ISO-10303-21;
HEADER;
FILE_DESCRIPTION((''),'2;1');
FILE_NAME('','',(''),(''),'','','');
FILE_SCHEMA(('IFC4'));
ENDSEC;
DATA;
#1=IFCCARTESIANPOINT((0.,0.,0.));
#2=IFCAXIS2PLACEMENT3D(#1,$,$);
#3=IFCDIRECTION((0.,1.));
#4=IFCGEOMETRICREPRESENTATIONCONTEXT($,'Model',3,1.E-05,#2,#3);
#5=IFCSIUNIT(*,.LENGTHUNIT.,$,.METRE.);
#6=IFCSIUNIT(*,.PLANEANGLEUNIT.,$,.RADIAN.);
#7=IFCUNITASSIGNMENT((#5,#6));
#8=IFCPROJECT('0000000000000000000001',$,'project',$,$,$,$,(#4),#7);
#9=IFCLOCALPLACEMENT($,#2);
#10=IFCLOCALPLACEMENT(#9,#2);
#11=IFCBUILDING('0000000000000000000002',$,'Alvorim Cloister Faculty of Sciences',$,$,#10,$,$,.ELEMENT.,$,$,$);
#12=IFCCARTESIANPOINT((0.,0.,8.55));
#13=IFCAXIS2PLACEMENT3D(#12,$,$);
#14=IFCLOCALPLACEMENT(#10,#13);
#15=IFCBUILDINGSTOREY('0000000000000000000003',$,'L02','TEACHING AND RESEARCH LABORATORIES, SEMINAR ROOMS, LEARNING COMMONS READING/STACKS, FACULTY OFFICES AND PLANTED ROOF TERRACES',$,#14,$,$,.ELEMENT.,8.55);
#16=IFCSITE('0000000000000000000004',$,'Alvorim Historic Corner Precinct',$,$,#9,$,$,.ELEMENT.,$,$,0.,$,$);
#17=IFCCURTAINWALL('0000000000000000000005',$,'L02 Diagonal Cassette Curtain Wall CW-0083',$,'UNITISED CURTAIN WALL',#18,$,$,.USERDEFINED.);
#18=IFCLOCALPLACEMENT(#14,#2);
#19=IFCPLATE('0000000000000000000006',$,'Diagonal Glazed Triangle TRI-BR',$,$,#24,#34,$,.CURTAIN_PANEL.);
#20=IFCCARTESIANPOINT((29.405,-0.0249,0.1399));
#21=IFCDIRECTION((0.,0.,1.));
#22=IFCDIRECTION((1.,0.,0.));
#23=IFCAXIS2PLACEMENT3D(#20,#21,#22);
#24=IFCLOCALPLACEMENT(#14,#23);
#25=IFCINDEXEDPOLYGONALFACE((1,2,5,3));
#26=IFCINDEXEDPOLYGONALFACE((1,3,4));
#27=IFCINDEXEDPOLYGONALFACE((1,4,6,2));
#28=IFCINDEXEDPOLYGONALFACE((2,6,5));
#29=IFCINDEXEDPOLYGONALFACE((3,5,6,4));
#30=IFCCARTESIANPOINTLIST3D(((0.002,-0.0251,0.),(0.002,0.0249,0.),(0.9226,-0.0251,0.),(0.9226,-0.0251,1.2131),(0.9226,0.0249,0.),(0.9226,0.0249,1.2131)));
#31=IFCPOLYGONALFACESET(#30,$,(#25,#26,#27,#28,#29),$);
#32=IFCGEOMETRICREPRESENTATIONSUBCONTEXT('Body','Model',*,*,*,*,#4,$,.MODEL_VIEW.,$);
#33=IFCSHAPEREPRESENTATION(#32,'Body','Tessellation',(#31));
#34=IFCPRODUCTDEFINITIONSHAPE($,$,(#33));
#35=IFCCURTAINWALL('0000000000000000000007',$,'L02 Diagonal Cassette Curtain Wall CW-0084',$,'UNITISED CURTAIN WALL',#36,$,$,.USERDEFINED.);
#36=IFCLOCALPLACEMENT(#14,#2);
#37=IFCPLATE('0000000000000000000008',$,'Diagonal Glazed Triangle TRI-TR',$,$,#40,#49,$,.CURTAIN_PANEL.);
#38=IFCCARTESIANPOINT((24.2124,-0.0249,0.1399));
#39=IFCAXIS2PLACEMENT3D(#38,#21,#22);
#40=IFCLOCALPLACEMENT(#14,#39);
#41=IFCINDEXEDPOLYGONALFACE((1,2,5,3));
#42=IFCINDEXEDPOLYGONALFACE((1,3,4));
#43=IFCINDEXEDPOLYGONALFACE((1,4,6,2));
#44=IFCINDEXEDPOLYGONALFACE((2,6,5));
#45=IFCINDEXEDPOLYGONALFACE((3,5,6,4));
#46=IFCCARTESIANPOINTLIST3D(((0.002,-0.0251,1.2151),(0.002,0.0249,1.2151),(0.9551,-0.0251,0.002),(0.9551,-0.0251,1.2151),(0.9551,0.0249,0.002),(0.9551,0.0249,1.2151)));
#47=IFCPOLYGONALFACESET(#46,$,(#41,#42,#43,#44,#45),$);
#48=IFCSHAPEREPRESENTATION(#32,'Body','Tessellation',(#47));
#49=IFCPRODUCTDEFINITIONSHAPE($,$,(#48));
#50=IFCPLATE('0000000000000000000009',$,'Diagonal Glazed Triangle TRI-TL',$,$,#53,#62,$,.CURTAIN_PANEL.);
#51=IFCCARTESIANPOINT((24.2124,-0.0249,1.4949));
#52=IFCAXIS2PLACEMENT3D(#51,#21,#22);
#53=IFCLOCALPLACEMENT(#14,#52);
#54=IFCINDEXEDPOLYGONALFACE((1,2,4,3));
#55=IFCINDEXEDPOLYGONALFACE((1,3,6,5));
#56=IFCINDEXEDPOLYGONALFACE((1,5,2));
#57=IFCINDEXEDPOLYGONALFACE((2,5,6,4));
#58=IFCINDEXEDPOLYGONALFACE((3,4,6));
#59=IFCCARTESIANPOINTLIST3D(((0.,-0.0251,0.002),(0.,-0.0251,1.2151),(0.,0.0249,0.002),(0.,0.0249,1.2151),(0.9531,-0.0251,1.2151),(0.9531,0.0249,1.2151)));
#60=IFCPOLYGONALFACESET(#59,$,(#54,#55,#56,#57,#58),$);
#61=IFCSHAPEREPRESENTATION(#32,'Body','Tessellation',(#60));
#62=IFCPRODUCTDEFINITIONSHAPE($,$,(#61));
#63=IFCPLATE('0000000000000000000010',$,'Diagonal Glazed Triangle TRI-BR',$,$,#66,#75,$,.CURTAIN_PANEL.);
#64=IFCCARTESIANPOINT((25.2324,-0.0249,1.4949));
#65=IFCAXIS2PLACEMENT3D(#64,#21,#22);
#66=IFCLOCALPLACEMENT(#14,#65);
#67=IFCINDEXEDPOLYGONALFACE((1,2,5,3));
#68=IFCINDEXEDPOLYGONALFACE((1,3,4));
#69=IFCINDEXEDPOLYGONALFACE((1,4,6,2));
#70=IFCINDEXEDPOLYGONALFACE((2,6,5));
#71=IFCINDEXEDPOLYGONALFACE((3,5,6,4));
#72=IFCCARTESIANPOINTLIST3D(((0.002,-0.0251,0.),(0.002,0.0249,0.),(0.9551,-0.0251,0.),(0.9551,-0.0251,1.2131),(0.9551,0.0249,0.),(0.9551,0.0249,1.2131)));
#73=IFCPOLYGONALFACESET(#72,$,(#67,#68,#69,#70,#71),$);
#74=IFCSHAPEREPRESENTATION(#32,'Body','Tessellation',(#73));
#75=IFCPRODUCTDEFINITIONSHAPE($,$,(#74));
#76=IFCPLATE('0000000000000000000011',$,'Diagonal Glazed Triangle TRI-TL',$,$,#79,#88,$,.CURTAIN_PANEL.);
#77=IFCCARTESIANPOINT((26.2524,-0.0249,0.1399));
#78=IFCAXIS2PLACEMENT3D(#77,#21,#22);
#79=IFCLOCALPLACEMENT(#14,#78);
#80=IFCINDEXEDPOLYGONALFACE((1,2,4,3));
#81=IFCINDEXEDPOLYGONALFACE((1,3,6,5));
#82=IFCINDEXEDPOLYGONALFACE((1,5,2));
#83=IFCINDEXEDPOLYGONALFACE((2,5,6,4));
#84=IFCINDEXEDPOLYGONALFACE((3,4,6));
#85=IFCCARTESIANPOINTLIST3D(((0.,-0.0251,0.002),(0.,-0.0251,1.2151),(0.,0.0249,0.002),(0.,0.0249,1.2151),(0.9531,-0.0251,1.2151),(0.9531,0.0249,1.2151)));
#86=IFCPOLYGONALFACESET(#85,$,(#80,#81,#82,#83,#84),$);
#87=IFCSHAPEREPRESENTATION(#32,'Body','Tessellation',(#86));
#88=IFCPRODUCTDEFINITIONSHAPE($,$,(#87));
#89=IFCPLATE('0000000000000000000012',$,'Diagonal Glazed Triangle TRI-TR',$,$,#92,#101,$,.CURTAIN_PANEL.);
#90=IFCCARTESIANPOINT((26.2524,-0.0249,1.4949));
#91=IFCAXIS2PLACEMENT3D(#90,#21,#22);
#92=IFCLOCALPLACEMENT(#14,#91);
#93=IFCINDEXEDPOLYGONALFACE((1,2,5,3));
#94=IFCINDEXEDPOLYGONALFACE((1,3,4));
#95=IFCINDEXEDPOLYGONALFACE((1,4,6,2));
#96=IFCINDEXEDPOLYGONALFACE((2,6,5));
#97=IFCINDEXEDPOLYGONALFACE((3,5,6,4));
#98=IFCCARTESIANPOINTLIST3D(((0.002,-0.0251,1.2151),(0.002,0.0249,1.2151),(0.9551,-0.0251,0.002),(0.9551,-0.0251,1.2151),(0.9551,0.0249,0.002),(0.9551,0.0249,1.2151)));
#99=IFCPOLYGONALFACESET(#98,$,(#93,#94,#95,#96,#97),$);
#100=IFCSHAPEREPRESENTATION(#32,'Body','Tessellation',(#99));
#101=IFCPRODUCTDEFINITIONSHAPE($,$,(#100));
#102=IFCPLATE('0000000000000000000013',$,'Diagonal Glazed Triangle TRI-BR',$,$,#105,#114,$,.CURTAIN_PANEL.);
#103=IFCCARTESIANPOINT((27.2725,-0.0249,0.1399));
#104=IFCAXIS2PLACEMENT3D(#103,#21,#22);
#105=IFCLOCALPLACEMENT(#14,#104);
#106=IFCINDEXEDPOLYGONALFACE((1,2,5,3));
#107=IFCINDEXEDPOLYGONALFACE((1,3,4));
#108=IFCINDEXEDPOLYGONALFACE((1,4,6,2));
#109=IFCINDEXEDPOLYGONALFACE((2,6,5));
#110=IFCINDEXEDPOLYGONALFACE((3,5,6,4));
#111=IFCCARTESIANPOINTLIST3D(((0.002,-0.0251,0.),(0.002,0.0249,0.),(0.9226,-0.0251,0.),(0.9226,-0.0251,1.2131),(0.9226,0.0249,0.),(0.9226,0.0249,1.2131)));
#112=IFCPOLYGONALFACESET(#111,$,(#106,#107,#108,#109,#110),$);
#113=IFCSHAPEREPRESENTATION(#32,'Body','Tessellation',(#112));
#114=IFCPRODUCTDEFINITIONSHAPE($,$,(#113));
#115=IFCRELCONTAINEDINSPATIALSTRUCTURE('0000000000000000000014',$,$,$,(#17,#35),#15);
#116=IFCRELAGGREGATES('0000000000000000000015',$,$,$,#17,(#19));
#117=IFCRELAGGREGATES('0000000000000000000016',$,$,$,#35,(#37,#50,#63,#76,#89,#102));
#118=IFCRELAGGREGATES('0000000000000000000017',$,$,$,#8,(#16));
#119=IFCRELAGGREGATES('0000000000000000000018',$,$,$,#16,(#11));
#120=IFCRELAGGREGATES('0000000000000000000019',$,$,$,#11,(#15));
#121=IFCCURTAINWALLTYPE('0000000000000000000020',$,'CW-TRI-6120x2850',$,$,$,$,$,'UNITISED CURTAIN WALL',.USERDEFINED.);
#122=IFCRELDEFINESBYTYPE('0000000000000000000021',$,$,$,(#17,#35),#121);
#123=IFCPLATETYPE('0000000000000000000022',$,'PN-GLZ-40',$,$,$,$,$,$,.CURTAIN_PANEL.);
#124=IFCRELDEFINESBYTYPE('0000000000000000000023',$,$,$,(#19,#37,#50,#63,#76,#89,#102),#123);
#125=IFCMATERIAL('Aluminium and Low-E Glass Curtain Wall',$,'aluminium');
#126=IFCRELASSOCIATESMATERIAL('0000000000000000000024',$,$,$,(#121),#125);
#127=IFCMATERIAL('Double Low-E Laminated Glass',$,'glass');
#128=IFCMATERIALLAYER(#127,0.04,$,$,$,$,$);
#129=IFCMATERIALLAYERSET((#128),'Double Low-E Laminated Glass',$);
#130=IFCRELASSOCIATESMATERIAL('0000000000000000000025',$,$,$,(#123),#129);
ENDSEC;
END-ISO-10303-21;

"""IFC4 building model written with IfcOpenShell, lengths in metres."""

from ifc_helpers import new_model, si_unit, direction, frame, origin, place, context, subcontext, project, spatial, polyline, outline, extrude, material, layer, layer_set, type_object, element, aggregate, save


model = new_model("IFC4")

# Units and contexts
model_context = context("Model", 3, precision=1e-05, world=origin(), true_north=direction((0.0, 1.0)))
body_context = subcontext(model_context, "Body", "Model", "MODEL_VIEW")
ifc_project = project(units=[si_unit("LENGTHUNIT", "METRE"), si_unit("PLANEANGLEUNIT", "RADIAN")], contexts=[model_context])

# Site, building, storey
site_placement = place(None, origin())
site = spatial("IfcSite", under=ifc_project, at=site_placement, Name="Alvorim Historic Corner Precinct", CompositionType="ELEMENT", RefElevation=0.0)
building_placement = place(site_placement, origin())
building = spatial("IfcBuilding", under=site, at=building_placement, Name="Alvorim Cloister Faculty of Sciences", CompositionType="ELEMENT")
storey_placement = place(building_placement, frame((0.0, 0.0, 8.55)))
storey = spatial("IfcBuildingStorey", under=building, at=storey_placement, Name="L02", Description="TEACHING AND RESEARCH LABORATORIES, SEMINAR ROOMS, LEARNING COMMONS READING/STACKS, FACULTY OFFICES AND PLANTED ROOF TERRACES", CompositionType="ELEMENT", Elevation=8.55)

# Curtain walls, plates
ifc_material_1 = material(Name="Aluminium and Low-E Glass Curtain Wall", Category="aluminium")
curtain_wall_type = type_object("IfcCurtainWallType", Name="CW-TRI-6120x2850", ElementType="UNITISED CURTAIN WALL", PredefinedType="USERDEFINED", material=ifc_material_1)
curtain_wall_1_placement = place(storey_placement, origin())
curtain_wall_1 = element("IfcCurtainWall", 1, at=curtain_wall_1_placement, inside=storey, type_object=curtain_wall_type, Name="L02 Diagonal Cassette Curtain Wall CW-0083", ObjectType="UNITISED CURTAIN WALL", PredefinedType="USERDEFINED")
ifc_material_2 = material(Name="Double Low-E Laminated Glass", Category="glass")
ifc_layer_1 = layer(ifc_material_2, 0.04)
ifc_layer_set_1 = layer_set([ifc_layer_1], Name="Double Low-E Laminated Glass")
plate_type = type_object("IfcPlateType", Name="PN-GLZ-40", PredefinedType="CURTAIN_PANEL", material=ifc_layer_set_1)
plate_1_placement = place(storey_placement, frame((29.405, -0.0249, 0.1399), z_axis=(0.0, 0.0, 1.0), x_axis=(1.0, 0.0, 0.0)))
plate_1 = element("IfcPlate", 2, at=plate_1_placement, type_object=plate_type, Name="Diagonal Glazed Triangle TRI-BR", PredefinedType="CURTAIN_PANEL", context=body_context, shape_type="SweptSolid", body=[
    extrude(outline(polyline([(0.002, 0.0), (0.9226, 0.0), (0.9226, 1.2131), (0.002, 0.0)])), frame((0.0, 0.0249, 0.0), z_axis=(0.0, -1.0, 0.0), x_axis=(1.0, 0.0, 0.0)), (0.0, 0.0, 1.0), 0.05),
])
aggregate(curtain_wall_1, [plate_1])
curtain_wall_2_placement = place(storey_placement, origin())
curtain_wall_2 = element("IfcCurtainWall", 3, at=curtain_wall_2_placement, inside=storey, type_object=curtain_wall_type, Name="L02 Diagonal Cassette Curtain Wall CW-0084", ObjectType="UNITISED CURTAIN WALL", PredefinedType="USERDEFINED")
plate_2_placement = place(storey_placement, frame((24.2124, -0.0249, 0.1399), z_axis=(0.0, 0.0, 1.0), x_axis=(1.0, 0.0, 0.0)))
plate_2 = element("IfcPlate", 4, at=plate_2_placement, type_object=plate_type, Name="Diagonal Glazed Triangle TRI-TR", PredefinedType="CURTAIN_PANEL", context=body_context, shape_type="SweptSolid", body=[
    extrude(outline(polyline([(0.9551, 0.002), (0.9551, 1.2151), (0.002, 1.2151), (0.9551, 0.002)])), frame((0.0, 0.0249, 0.0), z_axis=(0.0, -1.0, 0.0), x_axis=(1.0, 0.0, 0.0)), (0.0, 0.0, 1.0), 0.05),
])
plate_3_placement = place(storey_placement, frame((24.2124, -0.0249, 1.4949), z_axis=(0.0, 0.0, 1.0), x_axis=(1.0, 0.0, 0.0)))
plate_3 = element("IfcPlate", 5, at=plate_3_placement, type_object=plate_type, Name="Diagonal Glazed Triangle TRI-TL", PredefinedType="CURTAIN_PANEL", context=body_context, shape_type="SweptSolid", body=[
    extrude(outline(polyline([(0.9531, 1.2151), (0.0, 1.2151), (0.0, 0.002), (0.9531, 1.2151)])), frame((0.0, 0.0249, 0.0), z_axis=(0.0, -1.0, 0.0), x_axis=(1.0, 0.0, 0.0)), (0.0, 0.0, 1.0), 0.05),
])
plate_4_placement = place(storey_placement, frame((25.2324, -0.0249, 1.4949), z_axis=(0.0, 0.0, 1.0), x_axis=(1.0, 0.0, 0.0)))
plate_4 = element("IfcPlate", 6, at=plate_4_placement, type_object=plate_type, Name="Diagonal Glazed Triangle TRI-BR", PredefinedType="CURTAIN_PANEL", context=body_context, shape_type="SweptSolid", body=[
    extrude(outline(polyline([(0.002, 0.0), (0.9551, 0.0), (0.9551, 1.2131), (0.002, 0.0)])), frame((0.0, 0.0249, 0.0), z_axis=(0.0, -1.0, 0.0), x_axis=(1.0, 0.0, 0.0)), (0.0, 0.0, 1.0), 0.05),
])
plate_5_placement = place(storey_placement, frame((26.2524, -0.0249, 0.1399), z_axis=(0.0, 0.0, 1.0), x_axis=(1.0, 0.0, 0.0)))
plate_5 = element("IfcPlate", 7, at=plate_5_placement, type_object=plate_type, Name="Diagonal Glazed Triangle TRI-TL", PredefinedType="CURTAIN_PANEL", context=body_context, shape_type="SweptSolid", body=[
    extrude(outline(polyline([(0.9531, 1.2151), (0.0, 1.2151), (0.0, 0.002), (0.9531, 1.2151)])), frame((0.0, 0.0249, 0.0), z_axis=(0.0, -1.0, 0.0), x_axis=(1.0, 0.0, 0.0)), (0.0, 0.0, 1.0), 0.05),
])
plate_6_placement = place(storey_placement, frame((26.2524, -0.0249, 1.4949), z_axis=(0.0, 0.0, 1.0), x_axis=(1.0, 0.0, 0.0)))
plate_6 = element("IfcPlate", 8, at=plate_6_placement, type_object=plate_type, Name="Diagonal Glazed Triangle TRI-TR", PredefinedType="CURTAIN_PANEL", context=body_context, shape_type="SweptSolid", body=[
    extrude(outline(polyline([(0.9551, 0.002), (0.9551, 1.2151), (0.002, 1.2151), (0.9551, 0.002)])), frame((0.0, 0.0249, 0.0), z_axis=(0.0, -1.0, 0.0), x_axis=(1.0, 0.0, 0.0)), (0.0, 0.0, 1.0), 0.05),
])
plate_7_placement = place(storey_placement, frame((27.2725, -0.0249, 0.1399), z_axis=(0.0, 0.0, 1.0), x_axis=(1.0, 0.0, 0.0)))
plate_7 = element("IfcPlate", 9, at=plate_7_placement, type_object=plate_type, Name="Diagonal Glazed Triangle TRI-BR", PredefinedType="CURTAIN_PANEL", context=body_context, shape_type="SweptSolid", body=[
    extrude(outline(polyline([(0.002, 0.0), (0.9226, 0.0), (0.9226, 1.2131), (0.002, 0.0)])), frame((0.0, 0.0249, 0.0), z_axis=(0.0, -1.0, 0.0), x_axis=(1.0, 0.0, 0.0)), (0.0, 0.0, 1.0), 0.05),
])
aggregate(curtain_wall_2, [plate_2, plate_3, plate_4, plate_5, plate_6, plate_7])

save(model, "model.ifc")
